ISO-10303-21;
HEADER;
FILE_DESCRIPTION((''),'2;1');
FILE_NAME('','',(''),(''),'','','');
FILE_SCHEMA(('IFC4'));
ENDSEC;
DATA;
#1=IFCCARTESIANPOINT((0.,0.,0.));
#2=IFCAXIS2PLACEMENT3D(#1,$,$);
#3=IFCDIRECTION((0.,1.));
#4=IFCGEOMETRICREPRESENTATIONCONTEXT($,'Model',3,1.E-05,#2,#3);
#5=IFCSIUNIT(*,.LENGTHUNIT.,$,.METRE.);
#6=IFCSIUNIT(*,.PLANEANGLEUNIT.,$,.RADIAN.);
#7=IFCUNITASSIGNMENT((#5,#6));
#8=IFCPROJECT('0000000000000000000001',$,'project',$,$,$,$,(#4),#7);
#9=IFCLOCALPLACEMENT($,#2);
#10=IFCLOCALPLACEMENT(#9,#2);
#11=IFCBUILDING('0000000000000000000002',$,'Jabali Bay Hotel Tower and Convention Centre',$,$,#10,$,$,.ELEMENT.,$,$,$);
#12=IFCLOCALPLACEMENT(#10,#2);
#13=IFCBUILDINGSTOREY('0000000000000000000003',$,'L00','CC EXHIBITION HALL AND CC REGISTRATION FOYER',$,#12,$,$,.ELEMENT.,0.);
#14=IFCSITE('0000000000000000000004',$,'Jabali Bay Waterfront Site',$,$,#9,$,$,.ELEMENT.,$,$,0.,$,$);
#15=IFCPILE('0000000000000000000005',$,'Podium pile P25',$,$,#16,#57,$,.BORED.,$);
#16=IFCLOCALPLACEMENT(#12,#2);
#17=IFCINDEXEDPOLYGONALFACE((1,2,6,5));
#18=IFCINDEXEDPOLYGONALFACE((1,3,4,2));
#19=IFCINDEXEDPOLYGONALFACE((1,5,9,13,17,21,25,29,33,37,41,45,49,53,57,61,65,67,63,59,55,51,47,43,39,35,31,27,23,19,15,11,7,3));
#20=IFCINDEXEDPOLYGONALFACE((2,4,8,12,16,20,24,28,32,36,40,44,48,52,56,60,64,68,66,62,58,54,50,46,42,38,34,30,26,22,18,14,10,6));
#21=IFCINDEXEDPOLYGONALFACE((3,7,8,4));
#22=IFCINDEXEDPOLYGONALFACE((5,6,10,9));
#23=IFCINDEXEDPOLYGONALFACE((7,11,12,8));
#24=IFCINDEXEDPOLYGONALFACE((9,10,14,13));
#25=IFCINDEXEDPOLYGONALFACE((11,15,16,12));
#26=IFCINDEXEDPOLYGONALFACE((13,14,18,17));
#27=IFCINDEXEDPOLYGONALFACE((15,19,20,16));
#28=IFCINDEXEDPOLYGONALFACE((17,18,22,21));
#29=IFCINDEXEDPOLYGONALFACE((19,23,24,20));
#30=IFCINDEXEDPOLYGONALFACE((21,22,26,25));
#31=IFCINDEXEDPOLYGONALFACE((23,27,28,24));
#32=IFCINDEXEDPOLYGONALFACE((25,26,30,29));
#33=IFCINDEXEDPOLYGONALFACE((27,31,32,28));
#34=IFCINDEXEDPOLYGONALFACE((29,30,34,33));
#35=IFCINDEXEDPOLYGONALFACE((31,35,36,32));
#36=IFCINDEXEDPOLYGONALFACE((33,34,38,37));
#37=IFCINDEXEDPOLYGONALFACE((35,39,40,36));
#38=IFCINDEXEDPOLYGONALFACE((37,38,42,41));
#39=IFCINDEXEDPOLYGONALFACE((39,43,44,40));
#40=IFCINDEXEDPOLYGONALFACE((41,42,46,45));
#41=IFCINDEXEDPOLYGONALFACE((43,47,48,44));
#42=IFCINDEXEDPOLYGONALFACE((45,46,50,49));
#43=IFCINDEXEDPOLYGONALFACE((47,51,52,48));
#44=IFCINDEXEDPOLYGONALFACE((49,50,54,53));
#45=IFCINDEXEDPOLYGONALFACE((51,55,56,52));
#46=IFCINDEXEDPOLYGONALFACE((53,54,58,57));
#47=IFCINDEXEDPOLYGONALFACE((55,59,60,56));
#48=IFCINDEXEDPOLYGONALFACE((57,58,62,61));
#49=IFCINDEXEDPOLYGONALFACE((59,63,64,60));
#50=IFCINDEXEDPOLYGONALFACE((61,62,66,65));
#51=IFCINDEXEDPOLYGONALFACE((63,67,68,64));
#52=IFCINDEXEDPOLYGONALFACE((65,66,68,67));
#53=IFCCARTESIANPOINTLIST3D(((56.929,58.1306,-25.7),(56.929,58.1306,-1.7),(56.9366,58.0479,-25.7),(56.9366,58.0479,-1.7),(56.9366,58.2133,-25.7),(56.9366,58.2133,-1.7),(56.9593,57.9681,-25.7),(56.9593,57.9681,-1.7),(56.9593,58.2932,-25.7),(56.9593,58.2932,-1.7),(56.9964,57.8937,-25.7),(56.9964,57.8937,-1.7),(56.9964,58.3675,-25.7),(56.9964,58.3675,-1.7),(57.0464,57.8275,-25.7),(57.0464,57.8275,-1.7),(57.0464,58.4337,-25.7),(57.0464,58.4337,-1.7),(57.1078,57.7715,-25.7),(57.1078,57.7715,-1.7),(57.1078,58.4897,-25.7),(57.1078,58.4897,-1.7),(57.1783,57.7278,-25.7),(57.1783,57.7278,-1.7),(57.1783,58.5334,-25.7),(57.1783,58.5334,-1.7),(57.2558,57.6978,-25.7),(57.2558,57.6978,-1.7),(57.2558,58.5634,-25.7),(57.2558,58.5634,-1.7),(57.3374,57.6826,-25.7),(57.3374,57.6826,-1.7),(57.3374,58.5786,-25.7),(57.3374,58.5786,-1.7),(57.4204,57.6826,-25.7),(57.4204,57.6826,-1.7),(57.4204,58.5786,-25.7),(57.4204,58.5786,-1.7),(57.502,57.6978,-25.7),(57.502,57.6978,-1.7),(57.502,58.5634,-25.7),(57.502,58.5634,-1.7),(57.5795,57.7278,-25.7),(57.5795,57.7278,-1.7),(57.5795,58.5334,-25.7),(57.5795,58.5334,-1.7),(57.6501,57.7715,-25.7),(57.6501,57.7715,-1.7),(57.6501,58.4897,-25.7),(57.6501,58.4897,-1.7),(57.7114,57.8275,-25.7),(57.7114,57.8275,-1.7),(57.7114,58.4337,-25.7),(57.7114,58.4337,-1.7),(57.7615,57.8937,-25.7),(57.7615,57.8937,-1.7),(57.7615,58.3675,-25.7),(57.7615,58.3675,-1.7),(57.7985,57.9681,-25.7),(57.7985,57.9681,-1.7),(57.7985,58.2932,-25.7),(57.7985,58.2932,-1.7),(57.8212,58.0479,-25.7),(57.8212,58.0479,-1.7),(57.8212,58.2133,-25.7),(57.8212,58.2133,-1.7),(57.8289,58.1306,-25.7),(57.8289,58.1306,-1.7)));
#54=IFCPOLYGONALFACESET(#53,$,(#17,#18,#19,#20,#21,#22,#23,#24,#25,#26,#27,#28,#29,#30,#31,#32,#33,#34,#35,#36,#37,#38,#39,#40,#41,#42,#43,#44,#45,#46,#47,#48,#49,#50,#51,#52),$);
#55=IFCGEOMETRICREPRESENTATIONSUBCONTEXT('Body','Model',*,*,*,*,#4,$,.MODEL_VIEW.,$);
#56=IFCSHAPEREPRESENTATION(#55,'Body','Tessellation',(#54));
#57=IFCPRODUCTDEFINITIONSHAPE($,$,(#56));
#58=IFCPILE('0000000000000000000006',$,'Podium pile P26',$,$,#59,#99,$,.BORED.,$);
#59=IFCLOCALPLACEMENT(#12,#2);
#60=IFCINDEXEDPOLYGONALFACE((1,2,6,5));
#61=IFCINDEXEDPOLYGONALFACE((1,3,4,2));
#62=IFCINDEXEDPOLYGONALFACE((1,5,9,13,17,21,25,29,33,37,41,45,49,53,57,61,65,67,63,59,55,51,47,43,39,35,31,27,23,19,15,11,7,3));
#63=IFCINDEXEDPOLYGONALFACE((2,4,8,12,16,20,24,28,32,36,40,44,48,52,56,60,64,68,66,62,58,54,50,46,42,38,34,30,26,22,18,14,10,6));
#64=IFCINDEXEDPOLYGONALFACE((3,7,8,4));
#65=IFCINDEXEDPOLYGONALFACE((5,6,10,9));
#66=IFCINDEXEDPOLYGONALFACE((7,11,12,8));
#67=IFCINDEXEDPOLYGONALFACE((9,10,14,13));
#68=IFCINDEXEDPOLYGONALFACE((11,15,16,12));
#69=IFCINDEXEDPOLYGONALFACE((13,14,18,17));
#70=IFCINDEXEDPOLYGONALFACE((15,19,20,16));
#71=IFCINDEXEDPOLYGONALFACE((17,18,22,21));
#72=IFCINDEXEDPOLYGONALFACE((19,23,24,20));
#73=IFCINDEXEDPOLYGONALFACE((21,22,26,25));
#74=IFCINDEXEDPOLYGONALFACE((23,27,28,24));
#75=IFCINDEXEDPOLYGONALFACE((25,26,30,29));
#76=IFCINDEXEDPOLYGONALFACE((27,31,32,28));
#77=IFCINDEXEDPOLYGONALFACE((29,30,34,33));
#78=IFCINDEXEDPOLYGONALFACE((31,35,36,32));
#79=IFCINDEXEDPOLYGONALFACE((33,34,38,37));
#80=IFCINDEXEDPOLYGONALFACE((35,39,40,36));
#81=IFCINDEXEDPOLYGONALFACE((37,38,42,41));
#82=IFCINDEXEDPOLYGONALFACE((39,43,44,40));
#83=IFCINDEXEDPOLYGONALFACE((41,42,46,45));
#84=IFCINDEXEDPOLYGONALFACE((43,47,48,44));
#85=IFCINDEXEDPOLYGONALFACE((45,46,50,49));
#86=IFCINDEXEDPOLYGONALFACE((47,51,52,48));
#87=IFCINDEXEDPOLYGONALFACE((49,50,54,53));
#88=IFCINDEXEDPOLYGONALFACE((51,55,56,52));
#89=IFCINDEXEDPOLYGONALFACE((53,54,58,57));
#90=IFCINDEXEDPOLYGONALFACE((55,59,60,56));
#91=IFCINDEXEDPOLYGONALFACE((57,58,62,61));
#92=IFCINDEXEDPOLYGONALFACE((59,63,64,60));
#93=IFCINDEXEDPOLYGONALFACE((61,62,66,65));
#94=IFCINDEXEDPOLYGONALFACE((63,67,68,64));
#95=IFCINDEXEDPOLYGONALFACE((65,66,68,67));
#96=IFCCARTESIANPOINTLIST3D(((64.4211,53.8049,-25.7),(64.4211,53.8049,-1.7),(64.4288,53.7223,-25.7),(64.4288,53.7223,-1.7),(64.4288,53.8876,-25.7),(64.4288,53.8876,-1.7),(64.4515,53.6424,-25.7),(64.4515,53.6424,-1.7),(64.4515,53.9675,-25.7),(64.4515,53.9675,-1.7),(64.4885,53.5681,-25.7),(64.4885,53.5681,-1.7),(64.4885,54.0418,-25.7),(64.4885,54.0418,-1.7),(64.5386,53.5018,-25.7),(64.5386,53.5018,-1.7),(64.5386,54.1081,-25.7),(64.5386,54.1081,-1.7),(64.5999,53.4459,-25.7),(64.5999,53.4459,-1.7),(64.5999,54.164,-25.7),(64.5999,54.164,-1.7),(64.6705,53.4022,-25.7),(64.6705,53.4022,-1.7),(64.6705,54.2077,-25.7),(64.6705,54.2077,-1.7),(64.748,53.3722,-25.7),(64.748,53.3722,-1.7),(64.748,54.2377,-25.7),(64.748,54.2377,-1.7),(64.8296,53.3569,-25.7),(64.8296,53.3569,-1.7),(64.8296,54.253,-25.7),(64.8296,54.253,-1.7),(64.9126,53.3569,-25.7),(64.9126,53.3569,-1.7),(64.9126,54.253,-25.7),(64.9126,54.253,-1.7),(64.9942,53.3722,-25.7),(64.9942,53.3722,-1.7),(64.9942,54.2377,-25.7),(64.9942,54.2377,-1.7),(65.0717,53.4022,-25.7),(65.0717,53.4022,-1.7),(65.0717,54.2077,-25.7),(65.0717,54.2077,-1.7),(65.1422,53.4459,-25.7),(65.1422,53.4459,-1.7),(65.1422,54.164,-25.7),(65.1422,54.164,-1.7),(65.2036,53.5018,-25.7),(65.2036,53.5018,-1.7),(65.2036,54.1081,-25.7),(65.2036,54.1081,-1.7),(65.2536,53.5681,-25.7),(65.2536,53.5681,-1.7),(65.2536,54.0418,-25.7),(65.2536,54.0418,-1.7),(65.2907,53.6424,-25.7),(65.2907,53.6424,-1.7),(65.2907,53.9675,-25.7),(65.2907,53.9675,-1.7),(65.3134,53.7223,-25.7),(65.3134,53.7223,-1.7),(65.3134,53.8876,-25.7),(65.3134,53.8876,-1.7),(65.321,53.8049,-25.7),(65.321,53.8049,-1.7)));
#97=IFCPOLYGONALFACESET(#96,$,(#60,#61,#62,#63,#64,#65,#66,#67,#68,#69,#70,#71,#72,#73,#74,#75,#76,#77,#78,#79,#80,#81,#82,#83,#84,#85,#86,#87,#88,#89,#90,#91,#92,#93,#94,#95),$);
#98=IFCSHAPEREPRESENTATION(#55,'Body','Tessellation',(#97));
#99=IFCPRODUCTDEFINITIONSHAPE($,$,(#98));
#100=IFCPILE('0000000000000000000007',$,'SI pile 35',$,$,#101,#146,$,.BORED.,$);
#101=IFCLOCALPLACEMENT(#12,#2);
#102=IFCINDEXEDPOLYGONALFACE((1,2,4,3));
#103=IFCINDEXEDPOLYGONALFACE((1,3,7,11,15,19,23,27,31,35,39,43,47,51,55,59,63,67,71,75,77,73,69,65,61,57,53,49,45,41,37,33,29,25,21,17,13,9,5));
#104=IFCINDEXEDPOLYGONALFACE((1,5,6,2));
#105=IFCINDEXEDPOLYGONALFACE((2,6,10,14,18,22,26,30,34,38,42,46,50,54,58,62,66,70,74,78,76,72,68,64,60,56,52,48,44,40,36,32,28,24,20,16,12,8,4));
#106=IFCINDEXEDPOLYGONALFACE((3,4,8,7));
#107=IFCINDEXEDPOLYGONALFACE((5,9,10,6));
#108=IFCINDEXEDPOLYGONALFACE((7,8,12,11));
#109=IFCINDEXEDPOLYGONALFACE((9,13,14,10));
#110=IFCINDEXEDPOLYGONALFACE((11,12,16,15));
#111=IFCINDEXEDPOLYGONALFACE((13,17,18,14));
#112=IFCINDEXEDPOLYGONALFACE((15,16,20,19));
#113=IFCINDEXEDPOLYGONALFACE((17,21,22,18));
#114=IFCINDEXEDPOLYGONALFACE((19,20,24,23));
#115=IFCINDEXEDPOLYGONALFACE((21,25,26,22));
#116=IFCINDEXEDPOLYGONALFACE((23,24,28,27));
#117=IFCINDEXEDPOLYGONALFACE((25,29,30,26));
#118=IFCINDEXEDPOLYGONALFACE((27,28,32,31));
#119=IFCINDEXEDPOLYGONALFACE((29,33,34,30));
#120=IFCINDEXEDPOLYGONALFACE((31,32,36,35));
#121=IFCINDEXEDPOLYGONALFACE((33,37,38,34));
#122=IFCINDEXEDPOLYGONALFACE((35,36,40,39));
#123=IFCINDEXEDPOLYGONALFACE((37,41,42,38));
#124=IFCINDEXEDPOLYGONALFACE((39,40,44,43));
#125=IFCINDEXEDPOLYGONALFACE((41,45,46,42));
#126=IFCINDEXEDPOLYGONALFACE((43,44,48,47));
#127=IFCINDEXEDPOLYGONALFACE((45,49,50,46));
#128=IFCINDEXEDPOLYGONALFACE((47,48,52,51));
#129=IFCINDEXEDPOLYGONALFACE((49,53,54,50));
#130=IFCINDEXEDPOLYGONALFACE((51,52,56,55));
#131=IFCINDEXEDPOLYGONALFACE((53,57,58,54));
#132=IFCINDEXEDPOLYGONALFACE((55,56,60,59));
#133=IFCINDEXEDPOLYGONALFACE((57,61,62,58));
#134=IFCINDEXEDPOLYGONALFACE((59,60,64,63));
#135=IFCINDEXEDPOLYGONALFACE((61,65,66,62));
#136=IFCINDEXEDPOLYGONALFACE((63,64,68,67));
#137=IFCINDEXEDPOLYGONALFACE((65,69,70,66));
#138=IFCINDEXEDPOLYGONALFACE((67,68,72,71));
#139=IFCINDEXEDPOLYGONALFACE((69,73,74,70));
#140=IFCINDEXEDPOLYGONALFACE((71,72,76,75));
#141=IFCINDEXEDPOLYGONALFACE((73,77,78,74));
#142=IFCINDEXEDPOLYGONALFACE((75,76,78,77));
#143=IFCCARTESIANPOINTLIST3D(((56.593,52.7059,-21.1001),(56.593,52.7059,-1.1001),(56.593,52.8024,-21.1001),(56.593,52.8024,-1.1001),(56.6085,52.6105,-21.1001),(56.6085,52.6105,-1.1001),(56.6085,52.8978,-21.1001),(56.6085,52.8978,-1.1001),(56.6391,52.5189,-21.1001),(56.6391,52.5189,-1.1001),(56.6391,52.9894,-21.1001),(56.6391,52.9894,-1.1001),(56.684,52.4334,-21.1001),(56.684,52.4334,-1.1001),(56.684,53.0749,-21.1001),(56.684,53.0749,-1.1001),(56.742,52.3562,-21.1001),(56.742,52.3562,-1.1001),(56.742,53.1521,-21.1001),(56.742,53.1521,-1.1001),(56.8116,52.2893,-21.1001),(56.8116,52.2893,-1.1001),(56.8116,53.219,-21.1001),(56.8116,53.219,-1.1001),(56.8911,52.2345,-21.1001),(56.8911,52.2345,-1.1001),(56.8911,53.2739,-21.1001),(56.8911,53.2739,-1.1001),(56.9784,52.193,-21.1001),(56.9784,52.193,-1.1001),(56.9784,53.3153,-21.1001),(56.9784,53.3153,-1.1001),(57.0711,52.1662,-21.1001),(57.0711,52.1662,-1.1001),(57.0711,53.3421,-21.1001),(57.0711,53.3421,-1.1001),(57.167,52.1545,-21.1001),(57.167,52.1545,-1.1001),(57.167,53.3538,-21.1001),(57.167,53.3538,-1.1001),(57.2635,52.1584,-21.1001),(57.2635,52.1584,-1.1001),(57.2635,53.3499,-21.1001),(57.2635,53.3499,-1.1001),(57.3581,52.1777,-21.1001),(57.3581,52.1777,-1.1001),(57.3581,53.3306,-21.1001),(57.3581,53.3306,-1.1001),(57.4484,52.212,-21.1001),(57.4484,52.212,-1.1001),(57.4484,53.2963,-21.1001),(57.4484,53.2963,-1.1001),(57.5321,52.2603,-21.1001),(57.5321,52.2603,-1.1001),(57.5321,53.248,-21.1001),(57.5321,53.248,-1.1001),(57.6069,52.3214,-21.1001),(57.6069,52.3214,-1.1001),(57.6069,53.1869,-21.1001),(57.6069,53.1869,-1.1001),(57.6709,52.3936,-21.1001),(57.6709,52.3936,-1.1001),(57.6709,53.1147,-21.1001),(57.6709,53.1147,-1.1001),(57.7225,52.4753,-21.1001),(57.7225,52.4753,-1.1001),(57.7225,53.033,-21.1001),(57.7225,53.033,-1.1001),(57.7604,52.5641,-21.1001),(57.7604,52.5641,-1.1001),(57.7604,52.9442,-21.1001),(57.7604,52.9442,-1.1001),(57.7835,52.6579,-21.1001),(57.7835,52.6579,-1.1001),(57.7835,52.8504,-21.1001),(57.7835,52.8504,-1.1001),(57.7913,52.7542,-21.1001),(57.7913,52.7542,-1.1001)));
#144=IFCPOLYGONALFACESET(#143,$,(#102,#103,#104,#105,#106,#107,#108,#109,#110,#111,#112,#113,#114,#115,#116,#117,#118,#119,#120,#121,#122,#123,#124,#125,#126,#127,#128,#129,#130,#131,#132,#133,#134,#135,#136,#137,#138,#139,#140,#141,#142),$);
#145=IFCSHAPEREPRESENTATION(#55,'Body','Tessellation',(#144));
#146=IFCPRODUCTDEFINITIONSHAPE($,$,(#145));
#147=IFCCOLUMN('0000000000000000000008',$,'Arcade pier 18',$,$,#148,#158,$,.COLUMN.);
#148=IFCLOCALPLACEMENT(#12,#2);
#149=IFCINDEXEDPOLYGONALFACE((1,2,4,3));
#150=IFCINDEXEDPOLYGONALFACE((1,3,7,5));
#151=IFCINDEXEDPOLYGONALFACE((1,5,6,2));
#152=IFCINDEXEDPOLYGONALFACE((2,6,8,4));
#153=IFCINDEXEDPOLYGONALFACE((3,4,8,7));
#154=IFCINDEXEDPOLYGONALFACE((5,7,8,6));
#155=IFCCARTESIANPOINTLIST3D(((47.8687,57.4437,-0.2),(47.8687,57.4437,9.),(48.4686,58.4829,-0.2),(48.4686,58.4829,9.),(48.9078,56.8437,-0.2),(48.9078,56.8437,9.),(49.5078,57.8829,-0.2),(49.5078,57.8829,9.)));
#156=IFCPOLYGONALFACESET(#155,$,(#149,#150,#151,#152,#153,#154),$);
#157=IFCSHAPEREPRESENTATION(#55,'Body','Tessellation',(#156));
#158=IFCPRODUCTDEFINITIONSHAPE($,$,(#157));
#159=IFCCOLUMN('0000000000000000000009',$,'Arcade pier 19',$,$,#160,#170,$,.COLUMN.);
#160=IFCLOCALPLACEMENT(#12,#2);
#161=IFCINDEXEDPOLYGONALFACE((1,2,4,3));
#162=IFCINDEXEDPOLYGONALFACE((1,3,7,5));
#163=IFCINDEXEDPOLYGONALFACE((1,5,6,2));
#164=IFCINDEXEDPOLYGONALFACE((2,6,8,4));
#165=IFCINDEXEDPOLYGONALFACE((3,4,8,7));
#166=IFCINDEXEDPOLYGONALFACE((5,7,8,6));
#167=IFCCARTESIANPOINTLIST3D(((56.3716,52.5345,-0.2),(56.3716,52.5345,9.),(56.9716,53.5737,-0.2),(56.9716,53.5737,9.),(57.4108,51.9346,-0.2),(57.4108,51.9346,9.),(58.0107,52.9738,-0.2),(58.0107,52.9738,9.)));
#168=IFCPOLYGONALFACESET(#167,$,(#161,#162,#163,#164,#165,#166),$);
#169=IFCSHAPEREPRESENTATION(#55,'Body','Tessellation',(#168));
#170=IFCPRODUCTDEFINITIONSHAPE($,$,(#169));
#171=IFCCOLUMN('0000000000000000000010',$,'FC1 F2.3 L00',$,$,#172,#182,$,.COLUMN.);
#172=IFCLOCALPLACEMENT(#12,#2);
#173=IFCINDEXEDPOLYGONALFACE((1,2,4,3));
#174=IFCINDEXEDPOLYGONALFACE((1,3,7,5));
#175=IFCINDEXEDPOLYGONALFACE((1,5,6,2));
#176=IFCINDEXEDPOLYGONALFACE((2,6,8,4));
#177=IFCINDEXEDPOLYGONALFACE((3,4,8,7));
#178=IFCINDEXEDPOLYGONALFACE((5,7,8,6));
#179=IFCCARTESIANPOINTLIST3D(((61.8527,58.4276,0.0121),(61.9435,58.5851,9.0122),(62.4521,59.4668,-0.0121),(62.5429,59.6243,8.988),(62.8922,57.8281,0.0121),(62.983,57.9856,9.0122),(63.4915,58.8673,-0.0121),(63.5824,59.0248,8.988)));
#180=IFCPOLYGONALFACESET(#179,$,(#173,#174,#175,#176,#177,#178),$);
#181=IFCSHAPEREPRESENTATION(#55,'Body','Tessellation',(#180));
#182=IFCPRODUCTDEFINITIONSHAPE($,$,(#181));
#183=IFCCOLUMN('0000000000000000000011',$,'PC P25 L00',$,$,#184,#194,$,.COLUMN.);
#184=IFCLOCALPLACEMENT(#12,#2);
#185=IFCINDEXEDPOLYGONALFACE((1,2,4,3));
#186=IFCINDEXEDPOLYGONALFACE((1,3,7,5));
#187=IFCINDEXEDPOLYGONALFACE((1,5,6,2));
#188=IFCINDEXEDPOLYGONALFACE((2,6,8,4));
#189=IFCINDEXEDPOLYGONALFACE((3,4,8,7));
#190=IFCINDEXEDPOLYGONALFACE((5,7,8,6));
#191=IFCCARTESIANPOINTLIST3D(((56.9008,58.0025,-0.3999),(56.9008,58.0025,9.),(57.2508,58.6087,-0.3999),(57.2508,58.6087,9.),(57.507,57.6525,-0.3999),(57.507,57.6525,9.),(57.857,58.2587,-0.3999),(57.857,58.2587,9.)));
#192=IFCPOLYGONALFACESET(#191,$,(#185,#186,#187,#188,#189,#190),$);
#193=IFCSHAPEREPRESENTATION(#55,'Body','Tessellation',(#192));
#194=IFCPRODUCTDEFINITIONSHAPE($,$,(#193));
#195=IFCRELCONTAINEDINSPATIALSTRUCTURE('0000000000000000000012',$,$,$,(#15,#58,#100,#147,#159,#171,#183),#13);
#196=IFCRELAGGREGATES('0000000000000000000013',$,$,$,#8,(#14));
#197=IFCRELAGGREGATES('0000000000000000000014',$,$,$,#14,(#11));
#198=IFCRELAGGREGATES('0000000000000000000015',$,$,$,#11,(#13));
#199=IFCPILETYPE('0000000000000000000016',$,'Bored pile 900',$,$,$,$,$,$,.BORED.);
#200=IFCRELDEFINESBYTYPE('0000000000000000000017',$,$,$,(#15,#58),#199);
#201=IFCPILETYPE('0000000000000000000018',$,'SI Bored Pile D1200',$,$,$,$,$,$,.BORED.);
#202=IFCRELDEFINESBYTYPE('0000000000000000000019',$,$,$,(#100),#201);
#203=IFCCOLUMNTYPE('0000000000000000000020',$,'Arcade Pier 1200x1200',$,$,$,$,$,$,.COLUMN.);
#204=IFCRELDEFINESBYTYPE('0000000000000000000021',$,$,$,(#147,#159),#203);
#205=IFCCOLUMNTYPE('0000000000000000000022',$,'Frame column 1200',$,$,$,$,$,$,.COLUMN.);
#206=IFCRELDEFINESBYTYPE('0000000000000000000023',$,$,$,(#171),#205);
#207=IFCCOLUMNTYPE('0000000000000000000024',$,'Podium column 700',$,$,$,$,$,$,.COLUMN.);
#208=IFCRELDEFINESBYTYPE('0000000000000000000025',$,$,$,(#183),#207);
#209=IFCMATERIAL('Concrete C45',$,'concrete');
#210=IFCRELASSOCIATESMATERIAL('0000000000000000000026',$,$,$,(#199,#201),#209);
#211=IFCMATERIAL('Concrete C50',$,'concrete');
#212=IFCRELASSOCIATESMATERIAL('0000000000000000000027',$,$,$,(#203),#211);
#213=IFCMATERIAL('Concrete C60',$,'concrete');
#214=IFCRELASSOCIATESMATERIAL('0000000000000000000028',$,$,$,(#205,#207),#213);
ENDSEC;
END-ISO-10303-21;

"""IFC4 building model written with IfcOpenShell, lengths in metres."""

from ifc_helpers import new_model, si_unit, direction, frame, origin, origin_2d, place, context, subcontext, project, spatial, rectangle, circle, extrude, material, material_profile, profile_set, type_object, element, save


model = new_model("IFC4")

# Units and contexts
model_context = context("Model", 3, precision=1e-05, world=origin(), true_north=direction((0.0, 1.0)))
body_context = subcontext(model_context, "Body", "Model", "MODEL_VIEW")
ifc_project = project(units=[si_unit("LENGTHUNIT", "METRE"), si_unit("PLANEANGLEUNIT", "RADIAN")], contexts=[model_context])

# Site, building, storey
site_placement = place(None, origin())
site = spatial("IfcSite", under=ifc_project, at=site_placement, Name="Jabali Bay Waterfront Site", CompositionType="ELEMENT", RefElevation=0.0)
building_placement = place(site_placement, origin())
building = spatial("IfcBuilding", under=site, at=building_placement, Name="Jabali Bay Hotel Tower and Convention Centre", CompositionType="ELEMENT")
storey_placement = place(building_placement, origin())
storey = spatial("IfcBuildingStorey", under=building, at=storey_placement, Name="L00", Description="CC EXHIBITION HALL AND CC REGISTRATION FOYER", CompositionType="ELEMENT", Elevation=0.0)

# Piles
ifc_material_1 = material(Name="Concrete C45", Category="concrete")
ifc_material_profile_1 = material_profile(ifc_material_1, circle(Radius=0.45, at=origin_2d()), Name="Bored pile 900")
ifc_profile_set_1 = profile_set([ifc_material_profile_1], Name="Concrete C45")
pile_type_1 = type_object("IfcPileType", Name="Bored pile 900", PredefinedType="BORED", material=ifc_profile_set_1)
for number, where, z_axis, x_axis, name in (
    (1, (57.3789, 58.1306, -1.7), (0.0, 0.0, -1.0), (1.0, 0.0, 0.0), "Podium pile P25"),
    (2, (64.8711, 53.8049, -1.7), (0.0, 0.0, -1.0), (1.0, 0.0, 0.0), "Podium pile P26"),
):
    element("IfcPile", number, at=place(storey_placement, frame(where, z_axis=z_axis, x_axis=x_axis)), inside=storey, type_object=pile_type_1, Name=name, PredefinedType="BORED", context=body_context, shape_type="SweptSolid", body=[
        extrude(circle(Radius=0.45, at=origin_2d()), origin(), (0.0, 0.0, 1.0), 24.0),
    ])
ifc_material_profile_2 = material_profile(ifc_material_1, circle(Radius=0.6001, at=origin_2d()), Name="D1200")
ifc_profile_set_2 = profile_set([ifc_material_profile_2], Name="Concrete C45")
pile_type_2 = type_object("IfcPileType", Name="SI Bored Pile D1200", PredefinedType="BORED", material=ifc_profile_set_2)
pile_placement = place(storey_placement, frame((57.1912, 52.7542, -1.1001), z_axis=(0.0, 0.0, -1.0), x_axis=(1.0, 0.0, 0.0)))
element("IfcPile", 3, at=pile_placement, inside=storey, type_object=pile_type_2, Name="SI pile 35", PredefinedType="BORED", context=body_context, shape_type="SweptSolid", body=[
    extrude(circle(Radius=0.6001, at=origin_2d()), origin(), (0.0, 0.0, 1.0), 20.0),
])

# Columns
ifc_material_2 = material(Name="Concrete C50", Category="concrete")
ifc_material_profile_3 = material_profile(ifc_material_2, rectangle(XDim=1.2, YDim=1.2, at=origin_2d()), Name="RC 1200x1200")
ifc_profile_set_3 = profile_set([ifc_material_profile_3], Name="Concrete C50")
column_type_1 = type_object("IfcColumnType", Name="Arcade Pier 1200x1200", PredefinedType="COLUMN", material=ifc_profile_set_3)
for number, where, z_axis, x_axis, name in (
    (4, (48.6882, 57.6633, -0.2), (0.0, 0.0, 1.0), (0.866025, -0.5, 0.0), "Arcade pier 18"),
    (5, (57.1912, 52.7542, -0.2), (0.0, 0.0, 1.0), (0.866025, -0.5, 0.0), "Arcade pier 19"),
):
    element("IfcColumn", number, at=place(storey_placement, frame(where, z_axis=z_axis, x_axis=x_axis)), inside=storey, type_object=column_type_1, Name=name, PredefinedType="COLUMN", context=body_context, shape_type="SweptSolid", body=[
        extrude(rectangle(XDim=1.2, YDim=1.2, at=origin_2d()), origin(), (0.0, 0.0, 1.0), 9.2),
    ])
ifc_material_3 = material(Name="Concrete C60", Category="concrete")
ifc_material_profile_4 = material_profile(ifc_material_3, rectangle(XDim=1.2, YDim=1.2, at=origin_2d()), Name="Frame column 1200")
ifc_profile_set_4 = profile_set([ifc_material_profile_4], Name="Concrete C60")
column_type_2 = type_object("IfcColumnType", Name="Frame column 1200", PredefinedType="COLUMN", material=ifc_profile_set_4)
column_placement = place(storey_placement, frame((62.6721, 58.6475, 0.0), z_axis=(0.010089, 0.017493, 0.999796), x_axis=(-0.499505, -0.866076, 0.020194)))
element("IfcColumn", 6, at=column_placement, inside=storey, type_object=column_type_2, Name="FC1 F2.3 L00", PredefinedType="COLUMN", context=body_context, shape_type="SweptSolid", body=[
    extrude(rectangle(XDim=1.2, YDim=1.2, at=origin_2d()), origin(), (0.0, 0.0, 1.0), 9.002),
])
ifc_material_profile_5 = material_profile(ifc_material_3, rectangle(XDim=0.7, YDim=0.7, at=origin_2d()), Name="Podium column 700")
ifc_profile_set_5 = profile_set([ifc_material_profile_5], Name="Concrete C60")
column_type_3 = type_object("IfcColumnType", Name="Podium column 700", PredefinedType="COLUMN", material=ifc_profile_set_5)
for number, where, z_axis, x_axis, name in (
    (7, (57.3789, 58.1306, -0.3999), (0.0, 0.0, 1.0), (0.5, 0.866025, 0.0), "PC P25 L00"),
):
    element("IfcColumn", number, at=place(storey_placement, frame(where, z_axis=z_axis, x_axis=x_axis)), inside=storey, type_object=column_type_3, Name=name, PredefinedType="COLUMN", context=body_context, shape_type="SweptSolid", body=[
        extrude(rectangle(XDim=0.7, YDim=0.7, at=origin_2d()), origin(), (0.0, 0.0, 1.0), 9.3999),
    ])

save(model, "model.ifc")
